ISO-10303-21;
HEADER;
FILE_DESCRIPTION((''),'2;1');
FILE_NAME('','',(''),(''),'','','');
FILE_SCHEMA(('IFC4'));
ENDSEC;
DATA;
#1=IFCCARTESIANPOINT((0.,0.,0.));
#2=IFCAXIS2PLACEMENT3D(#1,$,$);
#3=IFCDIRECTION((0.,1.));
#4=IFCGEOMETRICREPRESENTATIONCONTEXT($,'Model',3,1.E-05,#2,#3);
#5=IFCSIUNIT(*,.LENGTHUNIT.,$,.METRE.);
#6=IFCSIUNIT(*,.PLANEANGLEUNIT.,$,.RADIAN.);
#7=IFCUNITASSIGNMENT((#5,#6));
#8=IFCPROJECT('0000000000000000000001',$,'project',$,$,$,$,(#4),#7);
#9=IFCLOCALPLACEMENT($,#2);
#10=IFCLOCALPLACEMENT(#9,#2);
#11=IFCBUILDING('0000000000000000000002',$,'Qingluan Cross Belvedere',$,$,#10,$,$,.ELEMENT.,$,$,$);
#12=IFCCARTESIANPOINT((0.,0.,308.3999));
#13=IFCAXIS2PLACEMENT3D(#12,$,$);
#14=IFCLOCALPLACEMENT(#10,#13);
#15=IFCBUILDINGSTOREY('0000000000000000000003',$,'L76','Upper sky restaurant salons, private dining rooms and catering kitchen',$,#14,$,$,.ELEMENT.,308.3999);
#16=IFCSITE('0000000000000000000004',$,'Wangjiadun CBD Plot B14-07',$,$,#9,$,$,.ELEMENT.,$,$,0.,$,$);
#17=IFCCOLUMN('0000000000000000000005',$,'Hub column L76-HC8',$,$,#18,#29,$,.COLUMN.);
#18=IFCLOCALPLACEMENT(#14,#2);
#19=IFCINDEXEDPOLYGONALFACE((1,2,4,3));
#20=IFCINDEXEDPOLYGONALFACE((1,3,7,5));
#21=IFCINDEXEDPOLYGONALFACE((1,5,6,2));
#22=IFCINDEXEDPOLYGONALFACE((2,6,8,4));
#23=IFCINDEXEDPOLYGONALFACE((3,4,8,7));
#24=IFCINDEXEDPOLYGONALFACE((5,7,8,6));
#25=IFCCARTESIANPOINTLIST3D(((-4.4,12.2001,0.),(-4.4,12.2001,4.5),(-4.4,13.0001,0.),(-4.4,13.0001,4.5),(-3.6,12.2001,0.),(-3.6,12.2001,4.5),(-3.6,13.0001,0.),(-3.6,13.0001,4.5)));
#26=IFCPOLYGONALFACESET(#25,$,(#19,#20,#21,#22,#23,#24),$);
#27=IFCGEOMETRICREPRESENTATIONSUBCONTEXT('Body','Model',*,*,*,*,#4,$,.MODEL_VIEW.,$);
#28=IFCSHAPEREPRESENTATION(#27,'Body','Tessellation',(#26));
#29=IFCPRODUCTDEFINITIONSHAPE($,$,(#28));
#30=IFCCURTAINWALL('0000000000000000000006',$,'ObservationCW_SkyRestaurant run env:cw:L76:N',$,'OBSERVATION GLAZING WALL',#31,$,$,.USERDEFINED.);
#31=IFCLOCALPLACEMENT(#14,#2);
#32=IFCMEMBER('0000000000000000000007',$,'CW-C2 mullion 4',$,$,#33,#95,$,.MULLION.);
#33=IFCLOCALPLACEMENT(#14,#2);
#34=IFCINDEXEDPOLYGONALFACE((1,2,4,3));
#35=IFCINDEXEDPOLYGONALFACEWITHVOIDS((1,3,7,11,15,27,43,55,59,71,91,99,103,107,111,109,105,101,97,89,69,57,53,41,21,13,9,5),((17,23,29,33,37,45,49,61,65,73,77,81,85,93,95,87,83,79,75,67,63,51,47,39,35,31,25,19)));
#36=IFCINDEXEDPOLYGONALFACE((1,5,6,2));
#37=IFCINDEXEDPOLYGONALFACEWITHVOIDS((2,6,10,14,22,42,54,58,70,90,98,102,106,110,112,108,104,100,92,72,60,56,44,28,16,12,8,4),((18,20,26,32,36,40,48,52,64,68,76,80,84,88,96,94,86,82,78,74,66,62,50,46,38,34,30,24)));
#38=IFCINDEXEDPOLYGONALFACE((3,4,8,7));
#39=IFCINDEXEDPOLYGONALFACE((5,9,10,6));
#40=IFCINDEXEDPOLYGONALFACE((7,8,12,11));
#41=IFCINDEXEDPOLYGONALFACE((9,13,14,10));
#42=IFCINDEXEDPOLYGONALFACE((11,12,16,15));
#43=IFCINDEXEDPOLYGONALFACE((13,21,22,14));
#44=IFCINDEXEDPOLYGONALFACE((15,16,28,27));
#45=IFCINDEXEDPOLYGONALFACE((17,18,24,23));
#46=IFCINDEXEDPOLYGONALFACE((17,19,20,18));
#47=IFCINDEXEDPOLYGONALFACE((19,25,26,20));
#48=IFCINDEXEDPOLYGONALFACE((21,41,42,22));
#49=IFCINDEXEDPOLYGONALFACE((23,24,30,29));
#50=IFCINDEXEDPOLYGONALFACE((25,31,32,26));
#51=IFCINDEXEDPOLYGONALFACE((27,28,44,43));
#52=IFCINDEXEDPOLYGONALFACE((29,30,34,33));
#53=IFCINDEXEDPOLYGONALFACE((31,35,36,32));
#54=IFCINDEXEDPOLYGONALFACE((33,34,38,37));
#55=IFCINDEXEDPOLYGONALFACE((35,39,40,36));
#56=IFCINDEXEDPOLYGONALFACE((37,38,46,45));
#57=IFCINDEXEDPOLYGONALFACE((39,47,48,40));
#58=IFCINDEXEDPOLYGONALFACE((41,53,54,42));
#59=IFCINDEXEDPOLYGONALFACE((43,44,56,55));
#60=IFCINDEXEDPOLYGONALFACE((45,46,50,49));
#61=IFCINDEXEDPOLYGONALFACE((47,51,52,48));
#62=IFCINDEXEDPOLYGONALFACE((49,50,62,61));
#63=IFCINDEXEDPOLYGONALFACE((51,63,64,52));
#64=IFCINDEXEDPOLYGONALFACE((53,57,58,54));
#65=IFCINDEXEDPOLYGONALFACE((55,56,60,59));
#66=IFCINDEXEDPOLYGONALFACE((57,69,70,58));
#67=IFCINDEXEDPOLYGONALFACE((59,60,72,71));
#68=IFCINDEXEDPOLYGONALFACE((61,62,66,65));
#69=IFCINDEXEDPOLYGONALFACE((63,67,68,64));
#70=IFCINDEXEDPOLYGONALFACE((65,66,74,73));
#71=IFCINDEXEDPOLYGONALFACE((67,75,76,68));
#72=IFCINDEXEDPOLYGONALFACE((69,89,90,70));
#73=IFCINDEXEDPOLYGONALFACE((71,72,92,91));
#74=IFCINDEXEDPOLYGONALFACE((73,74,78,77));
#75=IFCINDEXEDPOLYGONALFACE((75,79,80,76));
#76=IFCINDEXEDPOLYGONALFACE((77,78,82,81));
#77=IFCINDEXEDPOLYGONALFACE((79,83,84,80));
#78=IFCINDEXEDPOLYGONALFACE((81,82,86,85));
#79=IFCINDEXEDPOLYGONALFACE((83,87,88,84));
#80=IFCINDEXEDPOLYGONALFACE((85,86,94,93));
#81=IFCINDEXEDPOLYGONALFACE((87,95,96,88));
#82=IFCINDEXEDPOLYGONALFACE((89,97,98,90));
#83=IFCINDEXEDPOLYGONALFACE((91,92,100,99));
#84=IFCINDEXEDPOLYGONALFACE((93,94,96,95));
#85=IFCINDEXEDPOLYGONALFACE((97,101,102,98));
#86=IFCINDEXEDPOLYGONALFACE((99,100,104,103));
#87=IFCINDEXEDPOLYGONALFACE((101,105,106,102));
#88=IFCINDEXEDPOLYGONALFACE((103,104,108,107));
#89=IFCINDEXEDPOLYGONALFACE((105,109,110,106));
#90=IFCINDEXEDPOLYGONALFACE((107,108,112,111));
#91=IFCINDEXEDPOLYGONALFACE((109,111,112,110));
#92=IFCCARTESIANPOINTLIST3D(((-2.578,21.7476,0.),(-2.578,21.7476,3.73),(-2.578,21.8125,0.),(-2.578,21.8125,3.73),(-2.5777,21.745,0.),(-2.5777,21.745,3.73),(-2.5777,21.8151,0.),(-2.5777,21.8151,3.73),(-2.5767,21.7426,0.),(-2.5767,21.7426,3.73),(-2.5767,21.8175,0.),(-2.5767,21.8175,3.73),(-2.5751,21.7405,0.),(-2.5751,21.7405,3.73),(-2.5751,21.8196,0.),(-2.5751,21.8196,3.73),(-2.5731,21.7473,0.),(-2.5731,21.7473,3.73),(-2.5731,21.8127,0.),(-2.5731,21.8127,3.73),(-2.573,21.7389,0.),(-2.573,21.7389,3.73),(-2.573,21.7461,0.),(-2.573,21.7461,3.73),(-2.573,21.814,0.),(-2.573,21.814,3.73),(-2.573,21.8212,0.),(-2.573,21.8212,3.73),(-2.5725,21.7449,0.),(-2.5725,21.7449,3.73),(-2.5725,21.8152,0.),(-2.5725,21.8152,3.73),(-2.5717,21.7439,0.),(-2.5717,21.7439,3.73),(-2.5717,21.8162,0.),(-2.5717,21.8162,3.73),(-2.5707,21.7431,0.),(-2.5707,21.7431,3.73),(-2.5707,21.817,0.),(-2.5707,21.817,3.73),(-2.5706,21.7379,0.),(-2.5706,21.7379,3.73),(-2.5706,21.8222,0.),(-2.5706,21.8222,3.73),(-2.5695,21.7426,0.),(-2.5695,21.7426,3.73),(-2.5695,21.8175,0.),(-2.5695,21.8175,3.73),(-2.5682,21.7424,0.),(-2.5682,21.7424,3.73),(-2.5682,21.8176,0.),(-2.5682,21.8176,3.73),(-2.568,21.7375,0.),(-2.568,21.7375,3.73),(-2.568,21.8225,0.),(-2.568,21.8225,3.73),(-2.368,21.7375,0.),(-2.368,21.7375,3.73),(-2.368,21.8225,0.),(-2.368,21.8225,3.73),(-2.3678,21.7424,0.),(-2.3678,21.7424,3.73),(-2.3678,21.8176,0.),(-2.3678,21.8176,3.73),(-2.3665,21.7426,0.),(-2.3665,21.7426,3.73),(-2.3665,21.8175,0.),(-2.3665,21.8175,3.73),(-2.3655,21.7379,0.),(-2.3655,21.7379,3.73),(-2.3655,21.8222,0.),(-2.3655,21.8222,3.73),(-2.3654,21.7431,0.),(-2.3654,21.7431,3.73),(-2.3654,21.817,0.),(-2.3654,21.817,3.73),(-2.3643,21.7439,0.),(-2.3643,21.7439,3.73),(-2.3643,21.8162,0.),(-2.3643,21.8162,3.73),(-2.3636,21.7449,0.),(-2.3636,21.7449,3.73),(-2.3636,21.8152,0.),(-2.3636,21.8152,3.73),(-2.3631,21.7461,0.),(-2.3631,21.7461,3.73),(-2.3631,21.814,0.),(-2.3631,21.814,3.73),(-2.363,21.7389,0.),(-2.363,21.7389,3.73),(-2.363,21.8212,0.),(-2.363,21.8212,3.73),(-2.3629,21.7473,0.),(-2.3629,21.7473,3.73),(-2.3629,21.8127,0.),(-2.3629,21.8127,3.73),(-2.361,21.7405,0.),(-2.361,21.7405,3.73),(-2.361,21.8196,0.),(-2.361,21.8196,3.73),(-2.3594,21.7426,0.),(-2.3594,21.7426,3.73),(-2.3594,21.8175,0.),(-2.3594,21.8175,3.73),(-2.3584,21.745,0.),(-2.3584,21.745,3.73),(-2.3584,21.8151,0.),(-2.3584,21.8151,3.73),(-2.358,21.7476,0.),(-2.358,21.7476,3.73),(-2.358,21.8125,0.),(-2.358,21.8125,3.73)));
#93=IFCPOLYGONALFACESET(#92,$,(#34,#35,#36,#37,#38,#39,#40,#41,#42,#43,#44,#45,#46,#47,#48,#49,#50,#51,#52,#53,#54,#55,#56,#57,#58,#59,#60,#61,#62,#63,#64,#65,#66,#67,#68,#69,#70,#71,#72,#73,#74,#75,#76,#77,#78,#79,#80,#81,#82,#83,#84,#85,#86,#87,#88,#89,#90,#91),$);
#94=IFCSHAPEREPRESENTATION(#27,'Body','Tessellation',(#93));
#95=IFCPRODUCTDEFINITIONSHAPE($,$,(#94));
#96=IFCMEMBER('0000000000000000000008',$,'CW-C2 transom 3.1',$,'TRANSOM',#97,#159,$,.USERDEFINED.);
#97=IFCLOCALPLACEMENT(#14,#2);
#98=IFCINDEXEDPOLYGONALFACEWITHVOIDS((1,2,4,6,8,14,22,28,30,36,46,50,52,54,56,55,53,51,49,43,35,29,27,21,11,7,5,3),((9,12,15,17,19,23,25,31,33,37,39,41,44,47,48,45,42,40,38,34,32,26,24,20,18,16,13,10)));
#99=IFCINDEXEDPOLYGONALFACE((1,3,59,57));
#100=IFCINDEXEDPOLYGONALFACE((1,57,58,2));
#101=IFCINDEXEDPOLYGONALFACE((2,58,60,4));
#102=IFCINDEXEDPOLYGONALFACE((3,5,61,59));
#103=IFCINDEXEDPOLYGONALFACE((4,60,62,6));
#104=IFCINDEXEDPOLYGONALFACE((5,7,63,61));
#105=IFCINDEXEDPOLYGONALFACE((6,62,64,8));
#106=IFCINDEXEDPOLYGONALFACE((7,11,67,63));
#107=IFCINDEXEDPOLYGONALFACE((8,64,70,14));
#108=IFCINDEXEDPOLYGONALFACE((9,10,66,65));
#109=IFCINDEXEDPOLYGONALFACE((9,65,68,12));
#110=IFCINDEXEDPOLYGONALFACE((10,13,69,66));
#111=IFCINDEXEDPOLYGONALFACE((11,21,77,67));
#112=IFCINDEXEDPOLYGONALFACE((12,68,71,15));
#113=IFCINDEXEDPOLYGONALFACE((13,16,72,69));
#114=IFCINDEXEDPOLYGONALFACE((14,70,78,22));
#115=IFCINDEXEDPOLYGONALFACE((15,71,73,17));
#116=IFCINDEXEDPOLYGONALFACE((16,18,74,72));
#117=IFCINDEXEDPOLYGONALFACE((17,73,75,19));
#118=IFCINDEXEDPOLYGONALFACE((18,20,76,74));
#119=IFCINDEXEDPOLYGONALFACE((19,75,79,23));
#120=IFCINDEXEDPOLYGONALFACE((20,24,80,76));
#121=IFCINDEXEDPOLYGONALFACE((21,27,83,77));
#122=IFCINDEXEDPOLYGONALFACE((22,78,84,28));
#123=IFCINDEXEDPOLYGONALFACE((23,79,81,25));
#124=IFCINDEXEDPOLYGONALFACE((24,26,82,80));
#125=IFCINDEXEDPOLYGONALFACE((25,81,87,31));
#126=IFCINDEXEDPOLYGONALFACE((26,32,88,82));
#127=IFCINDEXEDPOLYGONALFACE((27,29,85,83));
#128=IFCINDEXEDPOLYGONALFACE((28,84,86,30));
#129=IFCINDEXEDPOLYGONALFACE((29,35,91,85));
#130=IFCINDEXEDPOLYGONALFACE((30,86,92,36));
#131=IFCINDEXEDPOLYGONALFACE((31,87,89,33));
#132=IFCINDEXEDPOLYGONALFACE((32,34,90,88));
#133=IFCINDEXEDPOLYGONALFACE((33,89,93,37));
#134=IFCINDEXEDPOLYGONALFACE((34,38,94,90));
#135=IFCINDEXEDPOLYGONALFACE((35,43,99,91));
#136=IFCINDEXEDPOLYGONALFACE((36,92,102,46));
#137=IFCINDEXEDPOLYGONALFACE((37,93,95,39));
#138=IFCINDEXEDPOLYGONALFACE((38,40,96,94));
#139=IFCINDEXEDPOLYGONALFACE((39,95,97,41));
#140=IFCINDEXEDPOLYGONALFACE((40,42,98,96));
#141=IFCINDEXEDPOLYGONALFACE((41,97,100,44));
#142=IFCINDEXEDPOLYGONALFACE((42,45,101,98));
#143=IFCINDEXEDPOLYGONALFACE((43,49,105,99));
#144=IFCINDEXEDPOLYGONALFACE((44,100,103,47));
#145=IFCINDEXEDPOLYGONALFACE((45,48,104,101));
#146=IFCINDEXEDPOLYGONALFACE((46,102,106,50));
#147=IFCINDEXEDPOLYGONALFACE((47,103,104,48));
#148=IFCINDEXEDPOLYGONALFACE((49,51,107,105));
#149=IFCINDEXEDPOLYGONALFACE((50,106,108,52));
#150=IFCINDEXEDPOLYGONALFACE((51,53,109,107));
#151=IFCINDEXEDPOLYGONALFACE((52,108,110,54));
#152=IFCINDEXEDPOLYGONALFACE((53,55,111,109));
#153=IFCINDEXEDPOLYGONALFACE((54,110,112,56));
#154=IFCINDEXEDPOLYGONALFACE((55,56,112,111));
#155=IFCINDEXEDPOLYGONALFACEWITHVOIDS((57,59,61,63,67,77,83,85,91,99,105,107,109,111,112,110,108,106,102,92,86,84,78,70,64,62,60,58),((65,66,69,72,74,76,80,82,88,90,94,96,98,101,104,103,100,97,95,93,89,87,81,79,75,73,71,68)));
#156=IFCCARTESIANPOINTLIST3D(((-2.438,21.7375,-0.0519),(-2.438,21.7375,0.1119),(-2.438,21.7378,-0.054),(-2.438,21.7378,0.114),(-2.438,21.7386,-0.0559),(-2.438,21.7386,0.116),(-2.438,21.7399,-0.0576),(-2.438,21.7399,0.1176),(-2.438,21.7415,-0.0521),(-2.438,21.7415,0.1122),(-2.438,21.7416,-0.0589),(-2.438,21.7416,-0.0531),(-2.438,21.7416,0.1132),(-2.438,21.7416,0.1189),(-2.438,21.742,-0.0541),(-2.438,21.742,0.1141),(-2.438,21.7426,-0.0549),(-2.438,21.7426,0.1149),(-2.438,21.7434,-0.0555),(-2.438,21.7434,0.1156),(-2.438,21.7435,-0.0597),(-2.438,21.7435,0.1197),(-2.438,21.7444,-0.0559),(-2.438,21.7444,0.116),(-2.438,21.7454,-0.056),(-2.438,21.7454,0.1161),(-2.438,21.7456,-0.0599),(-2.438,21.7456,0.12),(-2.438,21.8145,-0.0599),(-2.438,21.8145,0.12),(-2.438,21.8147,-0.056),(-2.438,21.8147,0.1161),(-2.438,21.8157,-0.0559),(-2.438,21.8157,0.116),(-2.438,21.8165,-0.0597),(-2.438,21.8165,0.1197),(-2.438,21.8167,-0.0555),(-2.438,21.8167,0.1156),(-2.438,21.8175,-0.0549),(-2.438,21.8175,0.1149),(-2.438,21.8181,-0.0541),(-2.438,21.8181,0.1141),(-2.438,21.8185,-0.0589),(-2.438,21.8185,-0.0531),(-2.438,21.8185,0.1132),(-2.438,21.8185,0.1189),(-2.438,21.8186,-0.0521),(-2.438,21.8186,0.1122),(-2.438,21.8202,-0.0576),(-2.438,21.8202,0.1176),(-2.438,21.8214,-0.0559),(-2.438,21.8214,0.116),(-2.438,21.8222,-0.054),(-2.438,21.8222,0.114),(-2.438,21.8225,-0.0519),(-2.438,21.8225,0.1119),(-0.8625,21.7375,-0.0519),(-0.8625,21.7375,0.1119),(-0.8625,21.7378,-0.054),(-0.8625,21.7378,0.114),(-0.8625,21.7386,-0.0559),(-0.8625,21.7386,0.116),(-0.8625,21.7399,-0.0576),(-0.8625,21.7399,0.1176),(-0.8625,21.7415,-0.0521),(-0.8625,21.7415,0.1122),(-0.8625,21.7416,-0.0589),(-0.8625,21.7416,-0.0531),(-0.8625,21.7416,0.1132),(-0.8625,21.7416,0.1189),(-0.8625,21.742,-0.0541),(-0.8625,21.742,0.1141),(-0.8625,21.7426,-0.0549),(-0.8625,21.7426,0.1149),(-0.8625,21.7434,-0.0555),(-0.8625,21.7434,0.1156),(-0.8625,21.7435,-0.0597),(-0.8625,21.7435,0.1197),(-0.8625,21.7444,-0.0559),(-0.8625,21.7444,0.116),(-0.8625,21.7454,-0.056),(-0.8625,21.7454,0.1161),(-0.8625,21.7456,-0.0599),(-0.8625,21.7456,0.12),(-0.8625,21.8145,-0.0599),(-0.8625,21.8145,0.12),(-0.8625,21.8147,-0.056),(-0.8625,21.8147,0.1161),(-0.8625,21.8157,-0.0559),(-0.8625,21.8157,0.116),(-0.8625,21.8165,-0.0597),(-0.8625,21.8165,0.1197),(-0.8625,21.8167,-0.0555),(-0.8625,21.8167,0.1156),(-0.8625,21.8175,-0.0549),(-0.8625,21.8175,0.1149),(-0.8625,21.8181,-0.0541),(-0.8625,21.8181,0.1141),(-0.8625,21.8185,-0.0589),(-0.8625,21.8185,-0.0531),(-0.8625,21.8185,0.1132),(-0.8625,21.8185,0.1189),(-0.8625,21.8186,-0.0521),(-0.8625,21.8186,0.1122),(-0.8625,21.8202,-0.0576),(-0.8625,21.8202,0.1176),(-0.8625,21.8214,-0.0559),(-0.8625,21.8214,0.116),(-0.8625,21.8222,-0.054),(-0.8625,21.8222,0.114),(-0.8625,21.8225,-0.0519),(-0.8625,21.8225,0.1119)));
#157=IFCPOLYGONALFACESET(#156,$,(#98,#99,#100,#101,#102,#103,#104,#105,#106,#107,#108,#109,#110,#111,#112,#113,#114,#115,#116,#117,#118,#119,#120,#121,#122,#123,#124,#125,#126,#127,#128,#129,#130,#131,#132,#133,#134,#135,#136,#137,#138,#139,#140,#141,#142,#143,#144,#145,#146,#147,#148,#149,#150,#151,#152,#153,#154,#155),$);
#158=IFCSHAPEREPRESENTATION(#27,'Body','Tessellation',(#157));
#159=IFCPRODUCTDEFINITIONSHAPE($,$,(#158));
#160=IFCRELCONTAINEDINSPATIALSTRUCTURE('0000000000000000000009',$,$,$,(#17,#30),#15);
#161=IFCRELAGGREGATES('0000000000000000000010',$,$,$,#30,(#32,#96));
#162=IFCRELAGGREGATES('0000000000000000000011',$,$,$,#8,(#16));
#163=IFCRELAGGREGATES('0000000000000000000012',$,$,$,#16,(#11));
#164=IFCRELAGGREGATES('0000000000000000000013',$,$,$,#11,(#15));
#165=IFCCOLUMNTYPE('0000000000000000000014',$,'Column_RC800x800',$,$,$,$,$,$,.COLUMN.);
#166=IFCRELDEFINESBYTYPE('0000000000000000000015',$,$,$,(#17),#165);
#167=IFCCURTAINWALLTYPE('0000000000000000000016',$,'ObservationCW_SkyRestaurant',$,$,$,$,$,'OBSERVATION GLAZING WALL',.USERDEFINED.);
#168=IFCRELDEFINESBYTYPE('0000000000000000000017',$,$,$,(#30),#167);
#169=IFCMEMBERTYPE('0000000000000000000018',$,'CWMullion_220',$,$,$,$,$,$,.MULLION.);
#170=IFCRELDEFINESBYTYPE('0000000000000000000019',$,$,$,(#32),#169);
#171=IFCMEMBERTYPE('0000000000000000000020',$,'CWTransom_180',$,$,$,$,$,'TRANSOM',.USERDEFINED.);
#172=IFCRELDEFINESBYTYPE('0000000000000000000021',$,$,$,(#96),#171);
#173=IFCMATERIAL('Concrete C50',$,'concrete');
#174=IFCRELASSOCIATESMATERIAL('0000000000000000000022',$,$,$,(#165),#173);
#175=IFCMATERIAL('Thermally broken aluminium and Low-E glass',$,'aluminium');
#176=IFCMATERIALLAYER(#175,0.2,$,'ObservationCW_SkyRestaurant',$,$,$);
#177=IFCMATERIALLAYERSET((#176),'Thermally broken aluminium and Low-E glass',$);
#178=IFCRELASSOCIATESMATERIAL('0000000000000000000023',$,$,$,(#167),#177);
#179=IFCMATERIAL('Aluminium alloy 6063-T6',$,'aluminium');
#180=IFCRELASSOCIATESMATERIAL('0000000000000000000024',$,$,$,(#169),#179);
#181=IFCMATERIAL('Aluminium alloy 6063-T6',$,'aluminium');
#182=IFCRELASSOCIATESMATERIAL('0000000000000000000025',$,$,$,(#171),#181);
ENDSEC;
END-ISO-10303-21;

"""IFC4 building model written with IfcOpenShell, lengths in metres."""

from ifc_helpers import new_model, si_unit, direction, frame, origin, origin_2d, place, context, subcontext, project, spatial, rectangle, hollow_rectangle, extrude, material, layer, layer_set, material_profile, profile_set, type_object, element, aggregate, save


model = new_model("IFC4")

# Units and contexts
model_context = context("Model", 3, precision=1e-05, world=origin(), true_north=direction((0.0, 1.0)))
body_context = subcontext(model_context, "Body", "Model", "MODEL_VIEW")
ifc_project = project(units=[si_unit("LENGTHUNIT", "METRE"), si_unit("PLANEANGLEUNIT", "RADIAN")], contexts=[model_context])

# Site, building, storey
site_placement = place(None, origin())
site = spatial("IfcSite", under=ifc_project, at=site_placement, Name="Wangjiadun CBD Plot B14-07", CompositionType="ELEMENT", RefElevation=0.0)
building_placement = place(site_placement, origin())
building = spatial("IfcBuilding", under=site, at=building_placement, Name="Qingluan Cross Belvedere", CompositionType="ELEMENT")
storey_placement = place(building_placement, frame((0.0, 0.0, 308.3999)))
storey = spatial("IfcBuildingStorey", under=building, at=storey_placement, Name="L76", Description="Upper sky restaurant salons, private dining rooms and catering kitchen", CompositionType="ELEMENT", Elevation=308.3999)

# Column
ifc_material_1 = material(Name="Concrete C50", Category="concrete")
ifc_material_profile_1 = material_profile(ifc_material_1, rectangle(XDim=0.8, YDim=0.8, at=origin_2d()), Name="RC800x800")
ifc_profile_set_1 = profile_set([ifc_material_profile_1], Name="Concrete C50")
column_type = type_object("IfcColumnType", Name="Column_RC800x800", PredefinedType="COLUMN", material=ifc_profile_set_1)
column_placement = place(storey_placement, frame((-4.0, 12.6001, 0.0), z_axis=(0.0, 0.0, 1.0), x_axis=(1.0, 0.0, 0.0)))
element("IfcColumn", 1, at=column_placement, inside=storey, type_object=column_type, Name="Hub column L76-HC8", PredefinedType="COLUMN", context=body_context, shape_type="SweptSolid", body=[
    extrude(rectangle(XDim=0.8, YDim=0.8, at=origin_2d()), origin(), (0.0, 0.0, 1.0), 4.5),
])

# Curtain wall, members
ifc_material_2 = material(Name="Thermally broken aluminium and Low-E glass", Category="aluminium")
ifc_layer_1 = layer(ifc_material_2, 0.2, Name="ObservationCW_SkyRestaurant")
ifc_layer_set_1 = layer_set([ifc_layer_1], Name="Thermally broken aluminium and Low-E glass")
curtain_wall_type = type_object("IfcCurtainWallType", Name="ObservationCW_SkyRestaurant", ElementType="OBSERVATION GLAZING WALL", PredefinedType="USERDEFINED", material=ifc_layer_set_1)
curtain_wall_placement = place(storey_placement, origin())
curtain_wall = element("IfcCurtainWall", 2, at=curtain_wall_placement, inside=storey, type_object=curtain_wall_type, Name="ObservationCW_SkyRestaurant run env:cw:L76:N", ObjectType="OBSERVATION GLAZING WALL", PredefinedType="USERDEFINED")
ifc_material_3 = material(Name="Aluminium alloy 6063-T6", Category="aluminium")
ifc_material_profile_2 = material_profile(ifc_material_3, hollow_rectangle(XDim=0.085, YDim=0.22, WallThickness=0.0049, InnerFilletRadius=0.0049, OuterFilletRadius=0.01, at=origin_2d()), Name="CWM220x85x5")
ifc_profile_set_2 = profile_set([ifc_material_profile_2], Name="Aluminium alloy 6063-T6")
member_type_1 = type_object("IfcMemberType", Name="CWMullion_220", PredefinedType="MULLION", material=ifc_profile_set_2)
member_1_placement = place(storey_placement, frame((-2.468, 21.78, 0.0), z_axis=(0.0, 0.0, 1.0), x_axis=(0.0, -1.0, 0.0)))
member_1 = element("IfcMember", 3, at=member_1_placement, type_object=member_type_1, Name="CW-C2 mullion 4", PredefinedType="MULLION", context=body_context, shape_type="SweptSolid", body=[
    extrude(hollow_rectangle(XDim=0.085, YDim=0.22, WallThickness=0.0049, InnerFilletRadius=0.0049, OuterFilletRadius=0.01, at=origin_2d()), origin(), (0.0, 0.0, 1.0), 3.73),
])
ifc_material_4 = material(Name="Aluminium alloy 6063-T6", Category="aluminium")
ifc_material_profile_3 = material_profile(ifc_material_4, hollow_rectangle(XDim=0.085, YDim=0.1799, WallThickness=0.0039, InnerFilletRadius=0.0039, OuterFilletRadius=0.0081, at=origin_2d()), Name="CWT180x85x4")
ifc_profile_set_3 = profile_set([ifc_material_profile_3], Name="Aluminium alloy 6063-T6")
member_type_2 = type_object("IfcMemberType", Name="CWTransom_180", ElementType="TRANSOM", PredefinedType="USERDEFINED", material=ifc_profile_set_3)
member_2_placement = place(storey_placement, frame((-0.8625, 21.78, 0.03), z_axis=(-1.0, 0.0, 0.0), x_axis=(0.0, -1.0, 0.0)))
member_2 = element("IfcMember", 4, at=member_2_placement, type_object=member_type_2, Name="CW-C2 transom 3.1", ObjectType="TRANSOM", PredefinedType="USERDEFINED", context=body_context, shape_type="SweptSolid", body=[
    extrude(hollow_rectangle(XDim=0.085, YDim=0.1799, WallThickness=0.0039, InnerFilletRadius=0.0039, OuterFilletRadius=0.0081, at=origin_2d()), origin(), (0.0, 0.0, 1.0), 1.5754),
])

aggregate(curtain_wall, [member_1, member_2])

save(model, "model.ifc")
